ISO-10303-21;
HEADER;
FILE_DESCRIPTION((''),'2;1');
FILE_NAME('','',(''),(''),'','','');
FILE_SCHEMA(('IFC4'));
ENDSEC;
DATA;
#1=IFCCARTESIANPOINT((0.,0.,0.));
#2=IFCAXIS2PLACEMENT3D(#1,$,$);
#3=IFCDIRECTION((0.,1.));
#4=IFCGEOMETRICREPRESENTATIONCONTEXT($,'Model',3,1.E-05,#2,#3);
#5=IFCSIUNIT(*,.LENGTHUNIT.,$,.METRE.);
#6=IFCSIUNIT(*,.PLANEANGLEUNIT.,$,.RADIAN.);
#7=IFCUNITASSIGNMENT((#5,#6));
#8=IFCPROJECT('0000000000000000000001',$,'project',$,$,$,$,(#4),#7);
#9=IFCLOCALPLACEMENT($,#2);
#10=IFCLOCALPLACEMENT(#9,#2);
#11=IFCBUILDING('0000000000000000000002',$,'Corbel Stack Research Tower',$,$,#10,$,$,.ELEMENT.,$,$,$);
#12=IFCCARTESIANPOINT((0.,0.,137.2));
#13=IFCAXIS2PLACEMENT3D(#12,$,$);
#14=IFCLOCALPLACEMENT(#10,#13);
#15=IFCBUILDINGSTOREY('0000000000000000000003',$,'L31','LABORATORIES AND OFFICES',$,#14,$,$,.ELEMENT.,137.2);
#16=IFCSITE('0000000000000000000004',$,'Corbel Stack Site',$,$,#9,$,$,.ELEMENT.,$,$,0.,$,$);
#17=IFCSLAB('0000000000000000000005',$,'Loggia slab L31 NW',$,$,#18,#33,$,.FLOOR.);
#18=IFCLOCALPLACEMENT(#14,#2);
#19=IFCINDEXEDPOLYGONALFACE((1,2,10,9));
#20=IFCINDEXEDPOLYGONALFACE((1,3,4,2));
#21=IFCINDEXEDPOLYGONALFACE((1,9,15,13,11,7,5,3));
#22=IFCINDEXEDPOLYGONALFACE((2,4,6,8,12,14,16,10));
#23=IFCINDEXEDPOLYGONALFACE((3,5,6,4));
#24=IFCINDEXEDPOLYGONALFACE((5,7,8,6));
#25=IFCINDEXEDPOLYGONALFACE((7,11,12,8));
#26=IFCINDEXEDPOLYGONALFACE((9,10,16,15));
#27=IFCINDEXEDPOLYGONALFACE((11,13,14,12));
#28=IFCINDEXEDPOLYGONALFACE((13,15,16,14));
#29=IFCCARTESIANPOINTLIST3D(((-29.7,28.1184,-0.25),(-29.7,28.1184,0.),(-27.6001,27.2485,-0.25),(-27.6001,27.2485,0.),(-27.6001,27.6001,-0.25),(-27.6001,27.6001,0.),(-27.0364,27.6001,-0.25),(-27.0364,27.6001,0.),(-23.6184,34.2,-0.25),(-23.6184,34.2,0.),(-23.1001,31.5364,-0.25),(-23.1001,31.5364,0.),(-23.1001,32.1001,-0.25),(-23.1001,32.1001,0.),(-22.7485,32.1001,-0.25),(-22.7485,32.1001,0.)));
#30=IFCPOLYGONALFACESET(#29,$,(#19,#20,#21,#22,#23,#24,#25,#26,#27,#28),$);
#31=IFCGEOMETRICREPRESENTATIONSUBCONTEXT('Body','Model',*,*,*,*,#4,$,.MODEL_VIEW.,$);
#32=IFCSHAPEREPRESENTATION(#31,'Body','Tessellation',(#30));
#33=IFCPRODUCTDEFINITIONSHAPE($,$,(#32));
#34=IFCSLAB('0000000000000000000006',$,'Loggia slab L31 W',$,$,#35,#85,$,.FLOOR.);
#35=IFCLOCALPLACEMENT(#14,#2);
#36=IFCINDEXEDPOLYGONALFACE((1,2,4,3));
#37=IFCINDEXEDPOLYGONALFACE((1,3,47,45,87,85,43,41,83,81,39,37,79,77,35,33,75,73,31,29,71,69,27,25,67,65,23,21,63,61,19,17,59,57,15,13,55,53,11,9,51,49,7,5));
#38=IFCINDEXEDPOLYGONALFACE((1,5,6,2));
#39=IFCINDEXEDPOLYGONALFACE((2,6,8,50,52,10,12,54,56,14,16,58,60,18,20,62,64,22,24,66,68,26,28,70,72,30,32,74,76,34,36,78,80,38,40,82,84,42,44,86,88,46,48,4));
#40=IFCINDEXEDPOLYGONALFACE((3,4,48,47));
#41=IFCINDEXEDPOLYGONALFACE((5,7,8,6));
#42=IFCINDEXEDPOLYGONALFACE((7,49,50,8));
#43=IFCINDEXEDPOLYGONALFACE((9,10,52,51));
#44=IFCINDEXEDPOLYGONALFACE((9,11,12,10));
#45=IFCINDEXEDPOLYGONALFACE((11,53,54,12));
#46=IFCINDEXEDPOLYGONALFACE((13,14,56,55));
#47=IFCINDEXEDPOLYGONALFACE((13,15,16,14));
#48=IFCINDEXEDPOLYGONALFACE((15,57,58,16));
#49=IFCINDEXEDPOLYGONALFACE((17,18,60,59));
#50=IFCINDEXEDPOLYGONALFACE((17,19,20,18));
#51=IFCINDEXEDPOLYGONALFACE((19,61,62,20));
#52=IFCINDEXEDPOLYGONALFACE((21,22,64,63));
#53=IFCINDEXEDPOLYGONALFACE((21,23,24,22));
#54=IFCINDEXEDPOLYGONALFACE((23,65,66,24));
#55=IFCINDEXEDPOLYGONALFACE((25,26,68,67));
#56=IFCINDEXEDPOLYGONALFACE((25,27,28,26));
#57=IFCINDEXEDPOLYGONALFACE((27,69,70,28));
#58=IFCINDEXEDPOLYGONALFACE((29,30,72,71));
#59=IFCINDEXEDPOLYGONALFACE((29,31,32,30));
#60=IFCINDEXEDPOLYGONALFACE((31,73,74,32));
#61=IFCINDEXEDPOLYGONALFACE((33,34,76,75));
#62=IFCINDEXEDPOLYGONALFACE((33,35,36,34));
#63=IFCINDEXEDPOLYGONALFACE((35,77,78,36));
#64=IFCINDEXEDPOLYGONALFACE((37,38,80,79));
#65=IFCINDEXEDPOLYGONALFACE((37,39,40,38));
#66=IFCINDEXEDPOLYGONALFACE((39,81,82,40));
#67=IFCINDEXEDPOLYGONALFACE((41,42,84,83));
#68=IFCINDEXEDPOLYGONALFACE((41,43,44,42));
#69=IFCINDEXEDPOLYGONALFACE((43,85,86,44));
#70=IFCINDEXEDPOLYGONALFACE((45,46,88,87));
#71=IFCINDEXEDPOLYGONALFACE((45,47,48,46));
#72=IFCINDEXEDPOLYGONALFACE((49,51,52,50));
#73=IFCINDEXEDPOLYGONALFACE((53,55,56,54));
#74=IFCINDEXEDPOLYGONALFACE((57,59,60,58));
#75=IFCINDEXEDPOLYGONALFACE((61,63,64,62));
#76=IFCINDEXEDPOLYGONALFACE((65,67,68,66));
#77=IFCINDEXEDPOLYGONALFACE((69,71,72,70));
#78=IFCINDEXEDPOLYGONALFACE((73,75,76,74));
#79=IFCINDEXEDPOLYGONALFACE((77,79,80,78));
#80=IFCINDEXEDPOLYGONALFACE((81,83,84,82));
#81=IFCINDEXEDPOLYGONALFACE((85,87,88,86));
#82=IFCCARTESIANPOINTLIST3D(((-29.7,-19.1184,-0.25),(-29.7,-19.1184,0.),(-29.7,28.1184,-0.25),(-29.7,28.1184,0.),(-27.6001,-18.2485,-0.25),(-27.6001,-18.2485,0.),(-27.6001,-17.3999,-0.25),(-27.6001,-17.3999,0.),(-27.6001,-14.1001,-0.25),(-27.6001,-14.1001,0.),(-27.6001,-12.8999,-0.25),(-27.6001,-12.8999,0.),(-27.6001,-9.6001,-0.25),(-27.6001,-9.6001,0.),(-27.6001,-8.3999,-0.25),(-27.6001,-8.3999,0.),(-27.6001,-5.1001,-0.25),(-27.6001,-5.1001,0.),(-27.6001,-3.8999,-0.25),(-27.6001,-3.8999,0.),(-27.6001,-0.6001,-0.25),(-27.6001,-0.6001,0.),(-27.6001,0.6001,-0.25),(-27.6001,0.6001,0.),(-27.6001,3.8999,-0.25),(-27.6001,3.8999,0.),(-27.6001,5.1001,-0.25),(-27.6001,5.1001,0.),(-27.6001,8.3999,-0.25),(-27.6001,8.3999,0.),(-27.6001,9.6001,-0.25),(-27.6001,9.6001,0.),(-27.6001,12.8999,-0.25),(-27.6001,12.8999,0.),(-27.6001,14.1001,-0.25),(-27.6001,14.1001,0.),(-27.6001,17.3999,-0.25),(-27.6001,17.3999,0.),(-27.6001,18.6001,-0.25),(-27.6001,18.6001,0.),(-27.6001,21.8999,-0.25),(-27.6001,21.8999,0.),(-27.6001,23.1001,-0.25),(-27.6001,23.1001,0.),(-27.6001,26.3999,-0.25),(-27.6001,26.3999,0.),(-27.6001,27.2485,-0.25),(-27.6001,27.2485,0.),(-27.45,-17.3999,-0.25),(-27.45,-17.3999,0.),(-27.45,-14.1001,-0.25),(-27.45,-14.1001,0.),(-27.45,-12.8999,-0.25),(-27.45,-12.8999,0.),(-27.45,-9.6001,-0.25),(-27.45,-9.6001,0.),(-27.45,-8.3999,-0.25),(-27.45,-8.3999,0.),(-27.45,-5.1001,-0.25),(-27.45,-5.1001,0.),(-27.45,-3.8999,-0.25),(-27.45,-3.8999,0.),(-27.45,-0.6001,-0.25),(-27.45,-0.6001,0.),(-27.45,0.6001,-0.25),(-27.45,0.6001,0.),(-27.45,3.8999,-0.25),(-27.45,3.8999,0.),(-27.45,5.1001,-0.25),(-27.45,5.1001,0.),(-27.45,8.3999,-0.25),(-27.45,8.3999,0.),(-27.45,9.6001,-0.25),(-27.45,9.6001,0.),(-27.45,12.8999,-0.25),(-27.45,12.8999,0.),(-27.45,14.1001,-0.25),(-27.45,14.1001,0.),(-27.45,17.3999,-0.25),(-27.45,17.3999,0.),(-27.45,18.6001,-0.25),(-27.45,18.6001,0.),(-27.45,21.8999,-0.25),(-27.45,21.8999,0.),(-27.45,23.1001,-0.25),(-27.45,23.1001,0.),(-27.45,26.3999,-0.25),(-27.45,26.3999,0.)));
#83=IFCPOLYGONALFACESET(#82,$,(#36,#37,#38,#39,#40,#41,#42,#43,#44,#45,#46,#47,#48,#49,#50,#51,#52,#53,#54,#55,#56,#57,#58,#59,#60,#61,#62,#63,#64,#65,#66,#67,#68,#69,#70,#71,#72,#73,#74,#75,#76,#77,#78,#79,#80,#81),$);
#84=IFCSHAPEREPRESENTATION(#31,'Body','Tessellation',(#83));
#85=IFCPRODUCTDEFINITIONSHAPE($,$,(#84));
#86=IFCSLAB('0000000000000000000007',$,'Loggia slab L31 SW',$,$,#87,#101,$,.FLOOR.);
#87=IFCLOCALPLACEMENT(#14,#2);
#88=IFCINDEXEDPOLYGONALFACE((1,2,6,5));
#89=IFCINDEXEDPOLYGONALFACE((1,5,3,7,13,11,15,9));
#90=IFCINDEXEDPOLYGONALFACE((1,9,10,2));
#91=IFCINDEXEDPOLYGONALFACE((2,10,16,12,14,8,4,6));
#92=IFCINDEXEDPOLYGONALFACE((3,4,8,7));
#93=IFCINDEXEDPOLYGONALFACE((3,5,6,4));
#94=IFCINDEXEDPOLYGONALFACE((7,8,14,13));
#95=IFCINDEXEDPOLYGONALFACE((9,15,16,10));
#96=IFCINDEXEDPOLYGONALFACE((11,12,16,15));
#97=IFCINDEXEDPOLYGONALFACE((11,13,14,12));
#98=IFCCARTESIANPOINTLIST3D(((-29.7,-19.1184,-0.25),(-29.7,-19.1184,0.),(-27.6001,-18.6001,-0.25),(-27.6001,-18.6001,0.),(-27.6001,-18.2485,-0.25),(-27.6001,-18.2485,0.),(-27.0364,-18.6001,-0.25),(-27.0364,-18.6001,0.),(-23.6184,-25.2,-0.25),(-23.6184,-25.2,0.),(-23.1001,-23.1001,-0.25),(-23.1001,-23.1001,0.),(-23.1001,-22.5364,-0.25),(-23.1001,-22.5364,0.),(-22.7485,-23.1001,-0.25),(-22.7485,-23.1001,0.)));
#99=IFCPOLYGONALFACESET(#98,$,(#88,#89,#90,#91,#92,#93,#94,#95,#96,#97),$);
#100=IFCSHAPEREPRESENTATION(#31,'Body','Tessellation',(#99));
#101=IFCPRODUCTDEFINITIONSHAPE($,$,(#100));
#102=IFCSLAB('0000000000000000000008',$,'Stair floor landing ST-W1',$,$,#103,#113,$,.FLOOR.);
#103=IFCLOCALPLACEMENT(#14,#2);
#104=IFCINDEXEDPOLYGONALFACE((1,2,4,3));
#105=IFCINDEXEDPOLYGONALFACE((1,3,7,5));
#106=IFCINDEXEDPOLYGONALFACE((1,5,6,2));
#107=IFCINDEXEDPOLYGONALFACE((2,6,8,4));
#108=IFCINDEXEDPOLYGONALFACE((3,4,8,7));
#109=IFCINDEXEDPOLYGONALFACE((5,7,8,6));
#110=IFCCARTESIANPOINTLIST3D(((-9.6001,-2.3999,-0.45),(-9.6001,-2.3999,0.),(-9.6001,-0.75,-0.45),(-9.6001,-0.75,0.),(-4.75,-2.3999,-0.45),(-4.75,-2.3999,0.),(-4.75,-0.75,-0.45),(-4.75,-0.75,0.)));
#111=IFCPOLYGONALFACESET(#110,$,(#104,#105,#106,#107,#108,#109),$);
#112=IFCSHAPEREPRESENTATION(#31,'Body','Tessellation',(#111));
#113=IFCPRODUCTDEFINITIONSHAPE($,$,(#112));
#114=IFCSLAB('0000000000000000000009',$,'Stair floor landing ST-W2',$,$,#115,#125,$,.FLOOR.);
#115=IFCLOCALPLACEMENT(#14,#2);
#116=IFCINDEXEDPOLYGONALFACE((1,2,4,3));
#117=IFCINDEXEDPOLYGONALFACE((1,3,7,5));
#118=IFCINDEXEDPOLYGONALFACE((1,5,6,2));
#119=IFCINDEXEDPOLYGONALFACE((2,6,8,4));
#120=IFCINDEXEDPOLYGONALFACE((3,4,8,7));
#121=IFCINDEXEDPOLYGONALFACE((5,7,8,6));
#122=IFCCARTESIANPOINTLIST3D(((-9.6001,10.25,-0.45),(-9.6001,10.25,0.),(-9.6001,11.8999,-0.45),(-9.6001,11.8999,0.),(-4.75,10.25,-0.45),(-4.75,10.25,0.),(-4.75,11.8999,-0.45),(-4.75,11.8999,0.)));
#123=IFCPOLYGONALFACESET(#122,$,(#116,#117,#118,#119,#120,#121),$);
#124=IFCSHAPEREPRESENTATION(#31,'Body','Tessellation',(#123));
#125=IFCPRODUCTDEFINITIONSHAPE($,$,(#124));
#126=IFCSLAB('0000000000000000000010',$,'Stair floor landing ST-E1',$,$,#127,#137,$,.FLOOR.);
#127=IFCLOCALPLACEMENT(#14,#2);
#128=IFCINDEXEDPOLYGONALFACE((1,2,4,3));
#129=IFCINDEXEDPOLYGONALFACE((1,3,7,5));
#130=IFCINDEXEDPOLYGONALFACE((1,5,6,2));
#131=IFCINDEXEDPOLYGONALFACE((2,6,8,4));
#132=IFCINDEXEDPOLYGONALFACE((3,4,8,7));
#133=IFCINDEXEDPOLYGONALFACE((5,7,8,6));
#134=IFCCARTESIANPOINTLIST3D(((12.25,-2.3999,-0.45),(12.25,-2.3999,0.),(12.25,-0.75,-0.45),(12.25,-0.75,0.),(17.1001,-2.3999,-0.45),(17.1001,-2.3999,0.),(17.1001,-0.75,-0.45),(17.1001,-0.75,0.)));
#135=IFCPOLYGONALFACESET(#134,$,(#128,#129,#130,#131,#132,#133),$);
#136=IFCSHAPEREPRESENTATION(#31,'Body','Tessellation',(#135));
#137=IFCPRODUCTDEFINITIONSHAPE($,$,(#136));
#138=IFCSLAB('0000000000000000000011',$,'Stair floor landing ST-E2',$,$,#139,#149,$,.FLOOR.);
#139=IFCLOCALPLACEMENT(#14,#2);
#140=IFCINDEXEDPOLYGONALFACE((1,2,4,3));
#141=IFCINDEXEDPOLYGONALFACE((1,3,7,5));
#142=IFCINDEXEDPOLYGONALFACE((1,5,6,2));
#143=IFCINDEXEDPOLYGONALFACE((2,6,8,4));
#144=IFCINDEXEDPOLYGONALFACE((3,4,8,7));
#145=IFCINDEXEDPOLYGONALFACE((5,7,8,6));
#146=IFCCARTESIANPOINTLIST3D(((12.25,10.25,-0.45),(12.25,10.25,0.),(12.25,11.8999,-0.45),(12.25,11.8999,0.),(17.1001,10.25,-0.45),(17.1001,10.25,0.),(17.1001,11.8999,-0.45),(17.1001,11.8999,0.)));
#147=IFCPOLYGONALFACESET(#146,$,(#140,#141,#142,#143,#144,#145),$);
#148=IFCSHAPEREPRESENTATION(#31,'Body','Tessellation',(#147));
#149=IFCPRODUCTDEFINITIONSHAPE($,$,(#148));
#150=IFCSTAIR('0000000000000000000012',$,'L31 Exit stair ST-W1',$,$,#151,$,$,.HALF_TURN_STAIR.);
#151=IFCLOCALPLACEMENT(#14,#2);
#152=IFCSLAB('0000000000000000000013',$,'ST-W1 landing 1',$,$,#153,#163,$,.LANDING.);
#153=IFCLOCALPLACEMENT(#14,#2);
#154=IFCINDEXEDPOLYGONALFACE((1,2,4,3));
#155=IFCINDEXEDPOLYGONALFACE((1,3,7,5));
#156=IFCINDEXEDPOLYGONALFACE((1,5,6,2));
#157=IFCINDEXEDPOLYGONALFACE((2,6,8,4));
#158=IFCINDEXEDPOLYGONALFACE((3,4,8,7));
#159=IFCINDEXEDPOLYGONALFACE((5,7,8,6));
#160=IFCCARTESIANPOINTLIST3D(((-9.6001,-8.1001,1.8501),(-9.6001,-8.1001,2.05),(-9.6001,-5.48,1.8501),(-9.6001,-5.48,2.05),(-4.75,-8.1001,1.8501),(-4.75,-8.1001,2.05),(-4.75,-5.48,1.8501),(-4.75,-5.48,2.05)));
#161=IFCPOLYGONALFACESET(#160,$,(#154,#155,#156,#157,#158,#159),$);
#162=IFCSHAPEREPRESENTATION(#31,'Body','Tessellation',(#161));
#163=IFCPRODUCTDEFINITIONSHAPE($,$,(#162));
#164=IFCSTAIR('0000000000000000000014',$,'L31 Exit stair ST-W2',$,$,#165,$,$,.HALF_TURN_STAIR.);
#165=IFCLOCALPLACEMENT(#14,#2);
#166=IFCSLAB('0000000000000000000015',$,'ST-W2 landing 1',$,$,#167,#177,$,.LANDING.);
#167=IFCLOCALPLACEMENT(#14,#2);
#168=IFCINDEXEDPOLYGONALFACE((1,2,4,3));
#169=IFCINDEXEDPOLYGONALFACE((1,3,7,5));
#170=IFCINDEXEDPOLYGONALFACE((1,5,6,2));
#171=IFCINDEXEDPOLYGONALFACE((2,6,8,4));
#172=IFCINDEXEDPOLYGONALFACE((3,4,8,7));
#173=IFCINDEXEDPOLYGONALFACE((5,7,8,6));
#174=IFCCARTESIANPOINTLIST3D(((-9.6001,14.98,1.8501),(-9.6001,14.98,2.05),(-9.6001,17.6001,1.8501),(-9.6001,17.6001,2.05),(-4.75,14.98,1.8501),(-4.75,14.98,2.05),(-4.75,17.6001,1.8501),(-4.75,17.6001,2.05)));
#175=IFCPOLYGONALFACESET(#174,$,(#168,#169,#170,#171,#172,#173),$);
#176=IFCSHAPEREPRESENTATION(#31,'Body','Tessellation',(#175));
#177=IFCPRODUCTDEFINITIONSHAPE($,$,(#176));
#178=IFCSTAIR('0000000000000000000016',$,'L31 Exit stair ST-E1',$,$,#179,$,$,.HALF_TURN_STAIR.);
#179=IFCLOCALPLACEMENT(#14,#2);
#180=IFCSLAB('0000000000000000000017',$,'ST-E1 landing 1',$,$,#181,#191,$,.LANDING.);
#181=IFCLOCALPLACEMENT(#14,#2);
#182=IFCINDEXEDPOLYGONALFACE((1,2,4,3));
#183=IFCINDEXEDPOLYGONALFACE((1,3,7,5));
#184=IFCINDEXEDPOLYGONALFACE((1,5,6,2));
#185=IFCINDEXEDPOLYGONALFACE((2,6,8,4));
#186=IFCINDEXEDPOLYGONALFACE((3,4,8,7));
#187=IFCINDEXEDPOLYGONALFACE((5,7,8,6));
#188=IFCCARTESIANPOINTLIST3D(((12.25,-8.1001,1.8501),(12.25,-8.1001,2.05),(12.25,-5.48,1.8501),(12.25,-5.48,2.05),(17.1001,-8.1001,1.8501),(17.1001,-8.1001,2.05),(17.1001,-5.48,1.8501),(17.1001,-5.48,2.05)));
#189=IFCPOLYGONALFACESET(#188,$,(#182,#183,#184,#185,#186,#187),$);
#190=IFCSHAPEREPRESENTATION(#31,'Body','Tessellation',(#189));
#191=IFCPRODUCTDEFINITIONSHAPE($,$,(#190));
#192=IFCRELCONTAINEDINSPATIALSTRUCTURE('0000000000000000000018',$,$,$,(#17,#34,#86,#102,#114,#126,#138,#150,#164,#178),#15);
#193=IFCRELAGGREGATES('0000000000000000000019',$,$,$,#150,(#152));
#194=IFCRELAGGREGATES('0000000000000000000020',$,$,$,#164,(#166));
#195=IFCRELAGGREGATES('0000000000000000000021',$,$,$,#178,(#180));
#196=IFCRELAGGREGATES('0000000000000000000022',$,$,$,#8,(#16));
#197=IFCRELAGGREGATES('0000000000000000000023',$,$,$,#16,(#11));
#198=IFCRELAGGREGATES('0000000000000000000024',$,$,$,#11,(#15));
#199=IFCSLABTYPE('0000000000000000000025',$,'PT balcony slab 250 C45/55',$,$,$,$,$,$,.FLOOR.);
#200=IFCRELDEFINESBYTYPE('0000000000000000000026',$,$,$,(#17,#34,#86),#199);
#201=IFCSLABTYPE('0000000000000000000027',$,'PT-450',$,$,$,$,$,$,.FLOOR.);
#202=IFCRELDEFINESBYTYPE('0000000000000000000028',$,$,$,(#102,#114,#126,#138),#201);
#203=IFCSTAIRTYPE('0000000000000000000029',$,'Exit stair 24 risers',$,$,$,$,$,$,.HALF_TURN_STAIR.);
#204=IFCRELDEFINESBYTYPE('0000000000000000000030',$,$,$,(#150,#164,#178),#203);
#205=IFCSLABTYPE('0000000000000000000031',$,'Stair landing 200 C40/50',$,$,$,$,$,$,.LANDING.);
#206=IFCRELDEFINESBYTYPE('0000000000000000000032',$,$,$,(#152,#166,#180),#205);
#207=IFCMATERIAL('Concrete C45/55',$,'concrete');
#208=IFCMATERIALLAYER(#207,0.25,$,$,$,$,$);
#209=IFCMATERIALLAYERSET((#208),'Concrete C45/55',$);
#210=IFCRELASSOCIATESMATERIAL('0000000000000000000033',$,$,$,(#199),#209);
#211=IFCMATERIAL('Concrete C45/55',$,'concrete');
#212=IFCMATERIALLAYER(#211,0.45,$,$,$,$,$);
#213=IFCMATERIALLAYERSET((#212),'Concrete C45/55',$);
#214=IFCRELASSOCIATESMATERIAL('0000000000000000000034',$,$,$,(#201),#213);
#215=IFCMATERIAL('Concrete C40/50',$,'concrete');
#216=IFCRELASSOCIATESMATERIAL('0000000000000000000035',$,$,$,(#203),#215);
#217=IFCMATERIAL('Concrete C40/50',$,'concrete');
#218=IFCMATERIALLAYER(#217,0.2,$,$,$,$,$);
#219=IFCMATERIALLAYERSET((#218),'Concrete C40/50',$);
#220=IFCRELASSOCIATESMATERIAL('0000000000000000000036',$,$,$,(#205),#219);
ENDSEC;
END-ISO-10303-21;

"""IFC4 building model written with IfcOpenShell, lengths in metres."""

from ifc_helpers import new_model, si_unit, direction, frame, origin, place, context, subcontext, project, spatial, polyline, outline, extrude, material, layer, layer_set, type_object, element, aggregate, save


model = new_model("IFC4")

# Units and contexts
model_context = context("Model", 3, precision=1e-05, world=origin(), true_north=direction((0.0, 1.0)))
body_context = subcontext(model_context, "Body", "Model", "MODEL_VIEW")
ifc_project = project(units=[si_unit("LENGTHUNIT", "METRE"), si_unit("PLANEANGLEUNIT", "RADIAN")], contexts=[model_context])

# Site, building, storey
site_placement = place(None, origin())
site = spatial("IfcSite", under=ifc_project, at=site_placement, Name="Corbel Stack Site", CompositionType="ELEMENT", RefElevation=0.0)
building_placement = place(site_placement, origin())
building = spatial("IfcBuilding", under=site, at=building_placement, Name="Corbel Stack Research Tower", CompositionType="ELEMENT")
storey_placement = place(building_placement, frame((0.0, 0.0, 137.2)))
storey = spatial("IfcBuildingStorey", under=building, at=storey_placement, Name="L31", Description="LABORATORIES AND OFFICES", CompositionType="ELEMENT", Elevation=137.2)

# Slabs
ifc_material_1 = material(Name="Concrete C45/55", Category="concrete")
ifc_layer_1 = layer(ifc_material_1, 0.25)
ifc_layer_set_1 = layer_set([ifc_layer_1], Name="Concrete C45/55")
slab_type_1 = type_object("IfcSlabType", Name="PT balcony slab 250 C45/55", PredefinedType="FLOOR", material=ifc_layer_set_1)
slab_1_placement = place(storey_placement, frame((0.0, 0.0, -0.25)))
element("IfcSlab", 1, at=slab_1_placement, inside=storey, type_object=slab_type_1, Name="Loggia slab L31 NW", PredefinedType="FLOOR", context=body_context, shape_type="SweptSolid", body=[
    extrude(outline(polyline([(-27.6001, 27.2485), (-27.6001, 27.6001), (-27.0364, 27.6001), (-23.1001, 31.5364), (-23.1001, 32.1001), (-22.7485, 32.1001), (-23.6184, 34.2), (-29.7, 28.1184), (-27.6001, 27.2485)])), origin(), (0.0, 0.0, 1.0), 0.25),
])
slab_2_placement = place(storey_placement, frame((0.0, 0.0, -0.25)))
element("IfcSlab", 2, at=slab_2_placement, inside=storey, type_object=slab_type_1, Name="Loggia slab L31 W", PredefinedType="FLOOR", context=body_context, shape_type="SweptSolid", body=[
    extrude(outline(polyline([(-27.6001, -18.2485), (-27.6001, -17.3999), (-27.45, -17.3999), (-27.45, -14.1001), (-27.6001, -14.1001), (-27.6001, -12.8999), (-27.45, -12.8999), (-27.45, -9.6001), (-27.6001, -9.6001), (-27.6001, -8.3999), (-27.45, -8.3999), (-27.45, -5.1001), (-27.6001, -5.1001), (-27.6001, -3.8999), (-27.45, -3.8999), (-27.45, -0.6001), (-27.6001, -0.6001), (-27.6001, 0.6001), (-27.45, 0.6001), (-27.45, 3.8999), (-27.6001, 3.8999), (-27.6001, 5.1001), (-27.45, 5.1001), (-27.45, 8.3999), (-27.6001, 8.3999), (-27.6001, 9.6001), (-27.45, 9.6001), (-27.45, 12.8999), (-27.6001, 12.8999), (-27.6001, 14.1001), (-27.45, 14.1001), (-27.45, 17.3999), (-27.6001, 17.3999), (-27.6001, 18.6001), (-27.45, 18.6001), (-27.45, 21.8999), (-27.6001, 21.8999), (-27.6001, 23.1001), (-27.45, 23.1001), (-27.45, 26.3999), (-27.6001, 26.3999), (-27.6001, 27.2485), (-29.7, 28.1184), (-29.7, -19.1184), (-27.6001, -18.2485)])), origin(), (0.0, 0.0, 1.0), 0.25),
])
slab_3_placement = place(storey_placement, frame((0.0, 0.0, -0.25)))
element("IfcSlab", 3, at=slab_3_placement, inside=storey, type_object=slab_type_1, Name="Loggia slab L31 SW", PredefinedType="FLOOR", context=body_context, shape_type="SweptSolid", body=[
    extrude(outline(polyline([(-22.7485, -23.1001), (-23.1001, -23.1001), (-23.1001, -22.5364), (-27.0364, -18.6001), (-27.6001, -18.6001), (-27.6001, -18.2485), (-29.7, -19.1184), (-23.6184, -25.2), (-22.7485, -23.1001)])), origin(), (0.0, 0.0, 1.0), 0.25),
])
ifc_material_2 = material(Name="Concrete C45/55", Category="concrete")
ifc_layer_2 = layer(ifc_material_2, 0.45)
ifc_layer_set_2 = layer_set([ifc_layer_2], Name="Concrete C45/55")
slab_type_2 = type_object("IfcSlabType", Name="PT-450", PredefinedType="FLOOR", material=ifc_layer_set_2)
slab_4_placement = place(storey_placement, frame((0.0, 0.0, -0.45)))
element("IfcSlab", 4, at=slab_4_placement, inside=storey, type_object=slab_type_2, Name="Stair floor landing ST-W1", PredefinedType="FLOOR", context=body_context, shape_type="SweptSolid", body=[
    extrude(outline(polyline([(-9.6001, -2.3999), (-4.75, -2.3999), (-4.75, -0.75), (-9.6001, -0.75), (-9.6001, -2.3999)])), origin(), (0.0, 0.0, 1.0), 0.45),
])
slab_5_placement = place(storey_placement, frame((0.0, 0.0, -0.45)))
element("IfcSlab", 5, at=slab_5_placement, inside=storey, type_object=slab_type_2, Name="Stair floor landing ST-W2", PredefinedType="FLOOR", context=body_context, shape_type="SweptSolid", body=[
    extrude(outline(polyline([(-9.6001, 10.25), (-4.75, 10.25), (-4.75, 11.8999), (-9.6001, 11.8999), (-9.6001, 10.25)])), origin(), (0.0, 0.0, 1.0), 0.45),
])
slab_6_placement = place(storey_placement, frame((0.0, 0.0, -0.45)))
element("IfcSlab", 6, at=slab_6_placement, inside=storey, type_object=slab_type_2, Name="Stair floor landing ST-E1", PredefinedType="FLOOR", context=body_context, shape_type="SweptSolid", body=[
    extrude(outline(polyline([(12.25, -2.3999), (17.1001, -2.3999), (17.1001, -0.75), (12.25, -0.75), (12.25, -2.3999)])), origin(), (0.0, 0.0, 1.0), 0.45),
])
slab_7_placement = place(storey_placement, frame((0.0, 0.0, -0.45)))
element("IfcSlab", 7, at=slab_7_placement, inside=storey, type_object=slab_type_2, Name="Stair floor landing ST-E2", PredefinedType="FLOOR", context=body_context, shape_type="SweptSolid", body=[
    extrude(outline(polyline([(12.25, 10.25), (17.1001, 10.25), (17.1001, 11.8999), (12.25, 11.8999), (12.25, 10.25)])), origin(), (0.0, 0.0, 1.0), 0.45),
])

# Stairs, slabs
ifc_material_3 = material(Name="Concrete C40/50", Category="concrete")
stair_type = type_object("IfcStairType", Name="Exit stair 24 risers", PredefinedType="HALF_TURN_STAIR", material=ifc_material_3)
stair_1_placement = place(storey_placement, origin())
stair_1 = element("IfcStair", 8, at=stair_1_placement, inside=storey, type_object=stair_type, Name="L31 Exit stair ST-W1", PredefinedType="HALF_TURN_STAIR")
ifc_material_4 = material(Name="Concrete C40/50", Category="concrete")
ifc_layer_3 = layer(ifc_material_4, 0.2)
ifc_layer_set_3 = layer_set([ifc_layer_3], Name="Concrete C40/50")
slab_type_3 = type_object("IfcSlabType", Name="Stair landing 200 C40/50", PredefinedType="LANDING", material=ifc_layer_set_3)
slab_8_placement = place(storey_placement, frame((0.0, 0.0, 1.8501)))
slab_8 = element("IfcSlab", 9, at=slab_8_placement, type_object=slab_type_3, Name="ST-W1 landing 1", PredefinedType="LANDING", context=body_context, shape_type="SweptSolid", body=[
    extrude(outline(polyline([(-9.6001, -8.1001), (-9.6001, -5.48), (-4.75, -5.48), (-4.75, -8.1001), (-9.6001, -8.1001)])), origin(), (0.0, 0.0, 1.0), 0.2),
])
aggregate(stair_1, [slab_8])
stair_2_placement = place(storey_placement, origin())
stair_2 = element("IfcStair", 10, at=stair_2_placement, inside=storey, type_object=stair_type, Name="L31 Exit stair ST-W2", PredefinedType="HALF_TURN_STAIR")
slab_9_placement = place(storey_placement, frame((0.0, 0.0, 1.8501)))
slab_9 = element("IfcSlab", 11, at=slab_9_placement, type_object=slab_type_3, Name="ST-W2 landing 1", PredefinedType="LANDING", context=body_context, shape_type="SweptSolid", body=[
    extrude(outline(polyline([(-9.6001, 14.98), (-9.6001, 17.6001), (-4.75, 17.6001), (-4.75, 14.98), (-9.6001, 14.98)])), origin(), (0.0, 0.0, 1.0), 0.2),
])
aggregate(stair_2, [slab_9])
stair_3_placement = place(storey_placement, origin())
stair_3 = element("IfcStair", 12, at=stair_3_placement, inside=storey, type_object=stair_type, Name="L31 Exit stair ST-E1", PredefinedType="HALF_TURN_STAIR")
slab_10_placement = place(storey_placement, frame((0.0, 0.0, 1.8501)))
slab_10 = element("IfcSlab", 13, at=slab_10_placement, type_object=slab_type_3, Name="ST-E1 landing 1", PredefinedType="LANDING", context=body_context, shape_type="SweptSolid", body=[
    extrude(outline(polyline([(12.25, -8.1001), (12.25, -5.48), (17.1001, -5.48), (17.1001, -8.1001), (12.25, -8.1001)])), origin(), (0.0, 0.0, 1.0), 0.2),
])

aggregate(stair_3, [slab_10])

save(model, "model.ifc")
